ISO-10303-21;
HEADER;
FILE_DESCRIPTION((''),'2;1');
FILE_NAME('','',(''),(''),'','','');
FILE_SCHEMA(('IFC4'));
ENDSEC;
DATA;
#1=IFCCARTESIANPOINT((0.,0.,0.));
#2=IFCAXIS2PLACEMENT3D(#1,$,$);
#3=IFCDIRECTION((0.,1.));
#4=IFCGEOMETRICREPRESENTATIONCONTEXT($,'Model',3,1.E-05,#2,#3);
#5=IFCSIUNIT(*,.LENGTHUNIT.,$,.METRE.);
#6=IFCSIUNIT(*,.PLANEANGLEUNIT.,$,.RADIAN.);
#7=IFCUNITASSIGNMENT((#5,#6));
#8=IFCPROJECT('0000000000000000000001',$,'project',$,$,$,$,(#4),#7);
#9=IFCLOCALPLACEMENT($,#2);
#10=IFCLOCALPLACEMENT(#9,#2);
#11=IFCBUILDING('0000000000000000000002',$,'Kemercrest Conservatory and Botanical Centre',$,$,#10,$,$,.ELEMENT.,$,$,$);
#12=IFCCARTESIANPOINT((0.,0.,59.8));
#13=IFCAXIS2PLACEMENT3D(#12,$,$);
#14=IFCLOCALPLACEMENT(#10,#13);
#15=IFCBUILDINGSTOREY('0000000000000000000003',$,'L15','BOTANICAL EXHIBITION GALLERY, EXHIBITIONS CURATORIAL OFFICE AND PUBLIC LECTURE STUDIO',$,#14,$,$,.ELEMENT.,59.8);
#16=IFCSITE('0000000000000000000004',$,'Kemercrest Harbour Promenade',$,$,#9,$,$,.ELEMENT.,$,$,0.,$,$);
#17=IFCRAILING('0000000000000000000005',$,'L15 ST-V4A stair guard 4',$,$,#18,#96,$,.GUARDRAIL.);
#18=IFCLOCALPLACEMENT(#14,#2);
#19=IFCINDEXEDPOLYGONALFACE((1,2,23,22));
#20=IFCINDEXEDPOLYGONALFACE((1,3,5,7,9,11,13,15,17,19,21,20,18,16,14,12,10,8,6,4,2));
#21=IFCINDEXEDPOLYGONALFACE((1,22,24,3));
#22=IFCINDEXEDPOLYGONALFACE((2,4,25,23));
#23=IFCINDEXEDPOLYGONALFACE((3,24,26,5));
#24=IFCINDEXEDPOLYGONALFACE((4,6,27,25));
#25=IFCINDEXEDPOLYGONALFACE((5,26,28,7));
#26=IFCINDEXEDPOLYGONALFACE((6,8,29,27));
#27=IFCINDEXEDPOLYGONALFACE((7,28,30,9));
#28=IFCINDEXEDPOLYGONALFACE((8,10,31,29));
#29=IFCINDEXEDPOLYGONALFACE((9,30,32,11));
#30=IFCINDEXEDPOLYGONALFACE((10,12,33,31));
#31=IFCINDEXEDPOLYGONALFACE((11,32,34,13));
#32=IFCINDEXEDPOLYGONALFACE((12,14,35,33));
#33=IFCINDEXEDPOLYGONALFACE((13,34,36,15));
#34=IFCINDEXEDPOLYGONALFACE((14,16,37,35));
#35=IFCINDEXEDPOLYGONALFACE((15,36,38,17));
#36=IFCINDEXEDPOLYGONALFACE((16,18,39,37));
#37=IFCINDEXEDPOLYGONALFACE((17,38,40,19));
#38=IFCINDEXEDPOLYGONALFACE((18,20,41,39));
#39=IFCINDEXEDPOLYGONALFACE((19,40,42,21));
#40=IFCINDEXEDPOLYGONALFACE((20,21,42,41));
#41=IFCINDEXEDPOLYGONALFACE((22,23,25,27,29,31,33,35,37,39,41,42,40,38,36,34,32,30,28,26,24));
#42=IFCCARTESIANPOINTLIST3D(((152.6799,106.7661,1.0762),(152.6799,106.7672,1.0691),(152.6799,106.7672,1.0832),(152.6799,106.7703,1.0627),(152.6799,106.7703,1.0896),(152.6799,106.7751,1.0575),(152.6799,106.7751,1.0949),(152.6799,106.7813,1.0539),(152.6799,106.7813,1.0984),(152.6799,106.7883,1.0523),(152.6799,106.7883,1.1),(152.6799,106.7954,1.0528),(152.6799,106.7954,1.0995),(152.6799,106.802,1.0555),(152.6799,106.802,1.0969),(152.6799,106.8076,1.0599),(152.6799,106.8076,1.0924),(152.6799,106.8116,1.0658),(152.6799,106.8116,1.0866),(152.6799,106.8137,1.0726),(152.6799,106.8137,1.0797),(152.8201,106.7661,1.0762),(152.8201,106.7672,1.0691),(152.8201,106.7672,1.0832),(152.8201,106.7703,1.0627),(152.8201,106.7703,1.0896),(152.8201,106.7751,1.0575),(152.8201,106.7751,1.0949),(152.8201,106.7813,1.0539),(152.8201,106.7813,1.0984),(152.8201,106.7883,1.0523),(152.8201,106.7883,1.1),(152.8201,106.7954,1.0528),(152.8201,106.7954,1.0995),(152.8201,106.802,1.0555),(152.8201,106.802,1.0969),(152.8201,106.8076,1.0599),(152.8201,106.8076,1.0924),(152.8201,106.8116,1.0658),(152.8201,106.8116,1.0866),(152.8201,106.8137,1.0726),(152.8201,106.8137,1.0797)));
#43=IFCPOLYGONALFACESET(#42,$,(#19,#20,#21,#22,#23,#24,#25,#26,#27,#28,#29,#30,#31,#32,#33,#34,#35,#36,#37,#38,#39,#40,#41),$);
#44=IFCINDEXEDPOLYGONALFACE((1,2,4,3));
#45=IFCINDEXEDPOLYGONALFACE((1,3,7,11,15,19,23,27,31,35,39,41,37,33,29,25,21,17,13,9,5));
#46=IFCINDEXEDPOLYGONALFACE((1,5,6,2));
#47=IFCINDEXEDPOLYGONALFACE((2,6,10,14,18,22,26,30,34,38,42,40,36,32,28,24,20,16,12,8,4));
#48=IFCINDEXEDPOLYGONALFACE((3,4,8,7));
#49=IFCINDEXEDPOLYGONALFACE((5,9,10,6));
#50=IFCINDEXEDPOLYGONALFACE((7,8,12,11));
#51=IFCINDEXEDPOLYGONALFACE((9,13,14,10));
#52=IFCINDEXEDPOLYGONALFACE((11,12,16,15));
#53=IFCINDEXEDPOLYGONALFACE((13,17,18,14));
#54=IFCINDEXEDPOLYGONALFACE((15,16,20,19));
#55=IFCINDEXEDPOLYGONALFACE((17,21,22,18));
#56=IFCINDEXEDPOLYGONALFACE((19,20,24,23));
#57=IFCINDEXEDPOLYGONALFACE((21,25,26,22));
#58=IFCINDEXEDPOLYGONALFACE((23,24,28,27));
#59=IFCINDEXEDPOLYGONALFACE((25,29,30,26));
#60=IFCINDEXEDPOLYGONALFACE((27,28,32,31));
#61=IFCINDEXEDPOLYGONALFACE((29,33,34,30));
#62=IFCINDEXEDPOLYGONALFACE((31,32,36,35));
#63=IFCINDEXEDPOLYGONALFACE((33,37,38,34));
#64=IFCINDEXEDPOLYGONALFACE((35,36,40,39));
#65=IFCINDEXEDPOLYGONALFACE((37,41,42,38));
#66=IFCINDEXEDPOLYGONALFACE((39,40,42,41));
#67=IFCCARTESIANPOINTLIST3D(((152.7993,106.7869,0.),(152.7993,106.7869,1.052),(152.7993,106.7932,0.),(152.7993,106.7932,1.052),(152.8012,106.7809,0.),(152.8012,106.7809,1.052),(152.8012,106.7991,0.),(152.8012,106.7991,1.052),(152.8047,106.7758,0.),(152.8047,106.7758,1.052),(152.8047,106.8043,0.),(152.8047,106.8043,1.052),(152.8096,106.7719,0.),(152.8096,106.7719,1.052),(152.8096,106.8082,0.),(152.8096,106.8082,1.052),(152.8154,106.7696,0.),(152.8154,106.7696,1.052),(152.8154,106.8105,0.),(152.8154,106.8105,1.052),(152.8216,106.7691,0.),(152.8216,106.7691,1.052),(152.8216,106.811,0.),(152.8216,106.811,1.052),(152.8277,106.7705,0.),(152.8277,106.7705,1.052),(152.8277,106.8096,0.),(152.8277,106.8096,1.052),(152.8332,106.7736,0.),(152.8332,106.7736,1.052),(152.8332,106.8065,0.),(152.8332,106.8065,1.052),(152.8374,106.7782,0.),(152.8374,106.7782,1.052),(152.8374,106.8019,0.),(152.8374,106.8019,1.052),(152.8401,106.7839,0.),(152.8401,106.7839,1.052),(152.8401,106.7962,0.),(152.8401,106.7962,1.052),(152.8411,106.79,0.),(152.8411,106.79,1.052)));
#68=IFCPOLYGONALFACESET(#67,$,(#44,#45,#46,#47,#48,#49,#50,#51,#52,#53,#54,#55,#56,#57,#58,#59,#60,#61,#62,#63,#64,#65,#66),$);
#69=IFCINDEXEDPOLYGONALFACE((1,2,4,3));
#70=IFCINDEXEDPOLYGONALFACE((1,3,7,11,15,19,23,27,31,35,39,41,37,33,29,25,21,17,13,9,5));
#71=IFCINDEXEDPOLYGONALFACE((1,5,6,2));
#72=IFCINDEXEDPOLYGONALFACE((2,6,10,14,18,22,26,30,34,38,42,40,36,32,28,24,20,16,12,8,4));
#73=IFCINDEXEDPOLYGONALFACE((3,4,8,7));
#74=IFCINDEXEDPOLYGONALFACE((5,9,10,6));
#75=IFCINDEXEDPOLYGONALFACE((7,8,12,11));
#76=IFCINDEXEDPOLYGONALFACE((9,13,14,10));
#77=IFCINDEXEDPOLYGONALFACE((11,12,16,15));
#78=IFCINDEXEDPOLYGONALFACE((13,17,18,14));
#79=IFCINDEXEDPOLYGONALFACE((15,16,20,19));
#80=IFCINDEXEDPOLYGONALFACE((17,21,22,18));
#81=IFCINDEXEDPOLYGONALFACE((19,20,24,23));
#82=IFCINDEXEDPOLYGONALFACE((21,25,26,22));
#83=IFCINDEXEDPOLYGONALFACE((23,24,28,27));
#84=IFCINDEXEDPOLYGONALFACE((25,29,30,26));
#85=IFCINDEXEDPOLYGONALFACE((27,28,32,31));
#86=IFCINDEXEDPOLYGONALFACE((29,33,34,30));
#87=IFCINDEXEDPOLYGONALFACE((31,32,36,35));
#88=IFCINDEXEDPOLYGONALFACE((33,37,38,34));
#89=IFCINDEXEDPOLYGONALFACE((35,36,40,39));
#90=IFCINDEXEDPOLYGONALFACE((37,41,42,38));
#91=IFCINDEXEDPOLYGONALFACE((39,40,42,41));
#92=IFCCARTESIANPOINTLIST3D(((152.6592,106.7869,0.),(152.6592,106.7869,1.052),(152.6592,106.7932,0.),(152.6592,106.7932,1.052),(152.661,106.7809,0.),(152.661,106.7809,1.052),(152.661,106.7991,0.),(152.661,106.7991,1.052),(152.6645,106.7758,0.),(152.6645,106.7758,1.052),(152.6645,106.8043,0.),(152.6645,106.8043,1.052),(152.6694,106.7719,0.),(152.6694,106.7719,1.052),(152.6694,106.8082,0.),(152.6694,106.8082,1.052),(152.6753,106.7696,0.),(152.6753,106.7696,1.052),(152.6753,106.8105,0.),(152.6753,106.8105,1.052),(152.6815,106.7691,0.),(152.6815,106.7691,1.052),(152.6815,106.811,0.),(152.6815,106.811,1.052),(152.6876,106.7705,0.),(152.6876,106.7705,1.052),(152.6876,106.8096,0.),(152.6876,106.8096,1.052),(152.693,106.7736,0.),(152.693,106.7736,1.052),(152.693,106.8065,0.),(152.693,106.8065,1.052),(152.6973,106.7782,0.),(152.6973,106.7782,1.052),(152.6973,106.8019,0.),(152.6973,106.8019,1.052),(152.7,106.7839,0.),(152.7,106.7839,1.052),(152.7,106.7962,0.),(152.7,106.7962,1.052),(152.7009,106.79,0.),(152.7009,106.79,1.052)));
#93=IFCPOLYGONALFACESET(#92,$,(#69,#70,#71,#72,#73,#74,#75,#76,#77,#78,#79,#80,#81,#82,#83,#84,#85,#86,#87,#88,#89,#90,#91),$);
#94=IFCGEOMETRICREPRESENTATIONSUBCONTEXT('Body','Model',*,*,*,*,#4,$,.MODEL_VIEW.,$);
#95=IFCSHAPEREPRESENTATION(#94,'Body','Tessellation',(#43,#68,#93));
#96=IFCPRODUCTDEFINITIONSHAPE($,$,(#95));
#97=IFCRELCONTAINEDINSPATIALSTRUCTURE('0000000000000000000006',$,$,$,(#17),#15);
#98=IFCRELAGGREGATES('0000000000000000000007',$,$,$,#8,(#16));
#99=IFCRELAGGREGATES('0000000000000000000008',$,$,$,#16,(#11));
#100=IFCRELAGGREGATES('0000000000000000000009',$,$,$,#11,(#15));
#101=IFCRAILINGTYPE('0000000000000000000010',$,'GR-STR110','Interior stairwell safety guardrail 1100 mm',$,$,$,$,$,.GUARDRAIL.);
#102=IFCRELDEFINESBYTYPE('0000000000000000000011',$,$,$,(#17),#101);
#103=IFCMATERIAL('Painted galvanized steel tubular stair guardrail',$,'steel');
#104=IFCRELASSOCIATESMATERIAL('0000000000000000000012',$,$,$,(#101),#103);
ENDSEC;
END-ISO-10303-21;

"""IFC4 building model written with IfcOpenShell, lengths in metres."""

from ifc_helpers import new_model, si_unit, direction, frame, origin, origin_2d, place, context, subcontext, project, spatial, circle, extrude, material, type_object, element, save


model = new_model("IFC4")

# Units and contexts
model_context = context("Model", 3, precision=1e-05, world=origin(), true_north=direction((0.0, 1.0)))
body_context = subcontext(model_context, "Body", "Model", "MODEL_VIEW")
ifc_project = project(units=[si_unit("LENGTHUNIT", "METRE"), si_unit("PLANEANGLEUNIT", "RADIAN")], contexts=[model_context])

# Site, building, storey
site_placement = place(None, origin())
site = spatial("IfcSite", under=ifc_project, at=site_placement, Name="Kemercrest Harbour Promenade", CompositionType="ELEMENT", RefElevation=0.0)
building_placement = place(site_placement, origin())
building = spatial("IfcBuilding", under=site, at=building_placement, Name="Kemercrest Conservatory and Botanical Centre", CompositionType="ELEMENT")
storey_placement = place(building_placement, frame((0.0, 0.0, 59.8)))
storey = spatial("IfcBuildingStorey", under=building, at=storey_placement, Name="L15", Description="BOTANICAL EXHIBITION GALLERY, EXHIBITIONS CURATORIAL OFFICE AND PUBLIC LECTURE STUDIO", CompositionType="ELEMENT", Elevation=59.8)

# Railing
ifc_material_1 = material(Name="Painted galvanized steel tubular stair guardrail", Category="steel")
railing_type_1 = type_object("IfcRailingType", Name="GR-STR110", Description="Interior stairwell safety guardrail 1100 mm", PredefinedType="GUARDRAIL", material=ifc_material_1)
railing_1_placement = place(storey_placement, frame((152.8201, 106.79, 0.0)))
element("IfcRailing", 1, at=railing_1_placement, inside=storey, type_object=railing_type_1, Name="L15 ST-V4A stair guard 4", PredefinedType="GUARDRAIL", context=body_context, shape_type="SweptSolid", body=[
    extrude(circle(Radius=0.0239, at=origin_2d()), frame((0.0, 0.0, 1.0762), z_axis=(-1.0, 0.0, 0.0), x_axis=(0.0, -1.0, 0.0)), (0.0, 0.0, 1.0), 0.1401),
    extrude(circle(Radius=0.021, at=origin_2d()), origin(), (0.0, 0.0, 1.0), 1.052),
    extrude(circle(Radius=0.021, at=origin_2d()), frame((-0.1401, 0.0, 0.0)), (0.0, 0.0, 1.0), 1.052),
])

save(model, "model.ifc")
